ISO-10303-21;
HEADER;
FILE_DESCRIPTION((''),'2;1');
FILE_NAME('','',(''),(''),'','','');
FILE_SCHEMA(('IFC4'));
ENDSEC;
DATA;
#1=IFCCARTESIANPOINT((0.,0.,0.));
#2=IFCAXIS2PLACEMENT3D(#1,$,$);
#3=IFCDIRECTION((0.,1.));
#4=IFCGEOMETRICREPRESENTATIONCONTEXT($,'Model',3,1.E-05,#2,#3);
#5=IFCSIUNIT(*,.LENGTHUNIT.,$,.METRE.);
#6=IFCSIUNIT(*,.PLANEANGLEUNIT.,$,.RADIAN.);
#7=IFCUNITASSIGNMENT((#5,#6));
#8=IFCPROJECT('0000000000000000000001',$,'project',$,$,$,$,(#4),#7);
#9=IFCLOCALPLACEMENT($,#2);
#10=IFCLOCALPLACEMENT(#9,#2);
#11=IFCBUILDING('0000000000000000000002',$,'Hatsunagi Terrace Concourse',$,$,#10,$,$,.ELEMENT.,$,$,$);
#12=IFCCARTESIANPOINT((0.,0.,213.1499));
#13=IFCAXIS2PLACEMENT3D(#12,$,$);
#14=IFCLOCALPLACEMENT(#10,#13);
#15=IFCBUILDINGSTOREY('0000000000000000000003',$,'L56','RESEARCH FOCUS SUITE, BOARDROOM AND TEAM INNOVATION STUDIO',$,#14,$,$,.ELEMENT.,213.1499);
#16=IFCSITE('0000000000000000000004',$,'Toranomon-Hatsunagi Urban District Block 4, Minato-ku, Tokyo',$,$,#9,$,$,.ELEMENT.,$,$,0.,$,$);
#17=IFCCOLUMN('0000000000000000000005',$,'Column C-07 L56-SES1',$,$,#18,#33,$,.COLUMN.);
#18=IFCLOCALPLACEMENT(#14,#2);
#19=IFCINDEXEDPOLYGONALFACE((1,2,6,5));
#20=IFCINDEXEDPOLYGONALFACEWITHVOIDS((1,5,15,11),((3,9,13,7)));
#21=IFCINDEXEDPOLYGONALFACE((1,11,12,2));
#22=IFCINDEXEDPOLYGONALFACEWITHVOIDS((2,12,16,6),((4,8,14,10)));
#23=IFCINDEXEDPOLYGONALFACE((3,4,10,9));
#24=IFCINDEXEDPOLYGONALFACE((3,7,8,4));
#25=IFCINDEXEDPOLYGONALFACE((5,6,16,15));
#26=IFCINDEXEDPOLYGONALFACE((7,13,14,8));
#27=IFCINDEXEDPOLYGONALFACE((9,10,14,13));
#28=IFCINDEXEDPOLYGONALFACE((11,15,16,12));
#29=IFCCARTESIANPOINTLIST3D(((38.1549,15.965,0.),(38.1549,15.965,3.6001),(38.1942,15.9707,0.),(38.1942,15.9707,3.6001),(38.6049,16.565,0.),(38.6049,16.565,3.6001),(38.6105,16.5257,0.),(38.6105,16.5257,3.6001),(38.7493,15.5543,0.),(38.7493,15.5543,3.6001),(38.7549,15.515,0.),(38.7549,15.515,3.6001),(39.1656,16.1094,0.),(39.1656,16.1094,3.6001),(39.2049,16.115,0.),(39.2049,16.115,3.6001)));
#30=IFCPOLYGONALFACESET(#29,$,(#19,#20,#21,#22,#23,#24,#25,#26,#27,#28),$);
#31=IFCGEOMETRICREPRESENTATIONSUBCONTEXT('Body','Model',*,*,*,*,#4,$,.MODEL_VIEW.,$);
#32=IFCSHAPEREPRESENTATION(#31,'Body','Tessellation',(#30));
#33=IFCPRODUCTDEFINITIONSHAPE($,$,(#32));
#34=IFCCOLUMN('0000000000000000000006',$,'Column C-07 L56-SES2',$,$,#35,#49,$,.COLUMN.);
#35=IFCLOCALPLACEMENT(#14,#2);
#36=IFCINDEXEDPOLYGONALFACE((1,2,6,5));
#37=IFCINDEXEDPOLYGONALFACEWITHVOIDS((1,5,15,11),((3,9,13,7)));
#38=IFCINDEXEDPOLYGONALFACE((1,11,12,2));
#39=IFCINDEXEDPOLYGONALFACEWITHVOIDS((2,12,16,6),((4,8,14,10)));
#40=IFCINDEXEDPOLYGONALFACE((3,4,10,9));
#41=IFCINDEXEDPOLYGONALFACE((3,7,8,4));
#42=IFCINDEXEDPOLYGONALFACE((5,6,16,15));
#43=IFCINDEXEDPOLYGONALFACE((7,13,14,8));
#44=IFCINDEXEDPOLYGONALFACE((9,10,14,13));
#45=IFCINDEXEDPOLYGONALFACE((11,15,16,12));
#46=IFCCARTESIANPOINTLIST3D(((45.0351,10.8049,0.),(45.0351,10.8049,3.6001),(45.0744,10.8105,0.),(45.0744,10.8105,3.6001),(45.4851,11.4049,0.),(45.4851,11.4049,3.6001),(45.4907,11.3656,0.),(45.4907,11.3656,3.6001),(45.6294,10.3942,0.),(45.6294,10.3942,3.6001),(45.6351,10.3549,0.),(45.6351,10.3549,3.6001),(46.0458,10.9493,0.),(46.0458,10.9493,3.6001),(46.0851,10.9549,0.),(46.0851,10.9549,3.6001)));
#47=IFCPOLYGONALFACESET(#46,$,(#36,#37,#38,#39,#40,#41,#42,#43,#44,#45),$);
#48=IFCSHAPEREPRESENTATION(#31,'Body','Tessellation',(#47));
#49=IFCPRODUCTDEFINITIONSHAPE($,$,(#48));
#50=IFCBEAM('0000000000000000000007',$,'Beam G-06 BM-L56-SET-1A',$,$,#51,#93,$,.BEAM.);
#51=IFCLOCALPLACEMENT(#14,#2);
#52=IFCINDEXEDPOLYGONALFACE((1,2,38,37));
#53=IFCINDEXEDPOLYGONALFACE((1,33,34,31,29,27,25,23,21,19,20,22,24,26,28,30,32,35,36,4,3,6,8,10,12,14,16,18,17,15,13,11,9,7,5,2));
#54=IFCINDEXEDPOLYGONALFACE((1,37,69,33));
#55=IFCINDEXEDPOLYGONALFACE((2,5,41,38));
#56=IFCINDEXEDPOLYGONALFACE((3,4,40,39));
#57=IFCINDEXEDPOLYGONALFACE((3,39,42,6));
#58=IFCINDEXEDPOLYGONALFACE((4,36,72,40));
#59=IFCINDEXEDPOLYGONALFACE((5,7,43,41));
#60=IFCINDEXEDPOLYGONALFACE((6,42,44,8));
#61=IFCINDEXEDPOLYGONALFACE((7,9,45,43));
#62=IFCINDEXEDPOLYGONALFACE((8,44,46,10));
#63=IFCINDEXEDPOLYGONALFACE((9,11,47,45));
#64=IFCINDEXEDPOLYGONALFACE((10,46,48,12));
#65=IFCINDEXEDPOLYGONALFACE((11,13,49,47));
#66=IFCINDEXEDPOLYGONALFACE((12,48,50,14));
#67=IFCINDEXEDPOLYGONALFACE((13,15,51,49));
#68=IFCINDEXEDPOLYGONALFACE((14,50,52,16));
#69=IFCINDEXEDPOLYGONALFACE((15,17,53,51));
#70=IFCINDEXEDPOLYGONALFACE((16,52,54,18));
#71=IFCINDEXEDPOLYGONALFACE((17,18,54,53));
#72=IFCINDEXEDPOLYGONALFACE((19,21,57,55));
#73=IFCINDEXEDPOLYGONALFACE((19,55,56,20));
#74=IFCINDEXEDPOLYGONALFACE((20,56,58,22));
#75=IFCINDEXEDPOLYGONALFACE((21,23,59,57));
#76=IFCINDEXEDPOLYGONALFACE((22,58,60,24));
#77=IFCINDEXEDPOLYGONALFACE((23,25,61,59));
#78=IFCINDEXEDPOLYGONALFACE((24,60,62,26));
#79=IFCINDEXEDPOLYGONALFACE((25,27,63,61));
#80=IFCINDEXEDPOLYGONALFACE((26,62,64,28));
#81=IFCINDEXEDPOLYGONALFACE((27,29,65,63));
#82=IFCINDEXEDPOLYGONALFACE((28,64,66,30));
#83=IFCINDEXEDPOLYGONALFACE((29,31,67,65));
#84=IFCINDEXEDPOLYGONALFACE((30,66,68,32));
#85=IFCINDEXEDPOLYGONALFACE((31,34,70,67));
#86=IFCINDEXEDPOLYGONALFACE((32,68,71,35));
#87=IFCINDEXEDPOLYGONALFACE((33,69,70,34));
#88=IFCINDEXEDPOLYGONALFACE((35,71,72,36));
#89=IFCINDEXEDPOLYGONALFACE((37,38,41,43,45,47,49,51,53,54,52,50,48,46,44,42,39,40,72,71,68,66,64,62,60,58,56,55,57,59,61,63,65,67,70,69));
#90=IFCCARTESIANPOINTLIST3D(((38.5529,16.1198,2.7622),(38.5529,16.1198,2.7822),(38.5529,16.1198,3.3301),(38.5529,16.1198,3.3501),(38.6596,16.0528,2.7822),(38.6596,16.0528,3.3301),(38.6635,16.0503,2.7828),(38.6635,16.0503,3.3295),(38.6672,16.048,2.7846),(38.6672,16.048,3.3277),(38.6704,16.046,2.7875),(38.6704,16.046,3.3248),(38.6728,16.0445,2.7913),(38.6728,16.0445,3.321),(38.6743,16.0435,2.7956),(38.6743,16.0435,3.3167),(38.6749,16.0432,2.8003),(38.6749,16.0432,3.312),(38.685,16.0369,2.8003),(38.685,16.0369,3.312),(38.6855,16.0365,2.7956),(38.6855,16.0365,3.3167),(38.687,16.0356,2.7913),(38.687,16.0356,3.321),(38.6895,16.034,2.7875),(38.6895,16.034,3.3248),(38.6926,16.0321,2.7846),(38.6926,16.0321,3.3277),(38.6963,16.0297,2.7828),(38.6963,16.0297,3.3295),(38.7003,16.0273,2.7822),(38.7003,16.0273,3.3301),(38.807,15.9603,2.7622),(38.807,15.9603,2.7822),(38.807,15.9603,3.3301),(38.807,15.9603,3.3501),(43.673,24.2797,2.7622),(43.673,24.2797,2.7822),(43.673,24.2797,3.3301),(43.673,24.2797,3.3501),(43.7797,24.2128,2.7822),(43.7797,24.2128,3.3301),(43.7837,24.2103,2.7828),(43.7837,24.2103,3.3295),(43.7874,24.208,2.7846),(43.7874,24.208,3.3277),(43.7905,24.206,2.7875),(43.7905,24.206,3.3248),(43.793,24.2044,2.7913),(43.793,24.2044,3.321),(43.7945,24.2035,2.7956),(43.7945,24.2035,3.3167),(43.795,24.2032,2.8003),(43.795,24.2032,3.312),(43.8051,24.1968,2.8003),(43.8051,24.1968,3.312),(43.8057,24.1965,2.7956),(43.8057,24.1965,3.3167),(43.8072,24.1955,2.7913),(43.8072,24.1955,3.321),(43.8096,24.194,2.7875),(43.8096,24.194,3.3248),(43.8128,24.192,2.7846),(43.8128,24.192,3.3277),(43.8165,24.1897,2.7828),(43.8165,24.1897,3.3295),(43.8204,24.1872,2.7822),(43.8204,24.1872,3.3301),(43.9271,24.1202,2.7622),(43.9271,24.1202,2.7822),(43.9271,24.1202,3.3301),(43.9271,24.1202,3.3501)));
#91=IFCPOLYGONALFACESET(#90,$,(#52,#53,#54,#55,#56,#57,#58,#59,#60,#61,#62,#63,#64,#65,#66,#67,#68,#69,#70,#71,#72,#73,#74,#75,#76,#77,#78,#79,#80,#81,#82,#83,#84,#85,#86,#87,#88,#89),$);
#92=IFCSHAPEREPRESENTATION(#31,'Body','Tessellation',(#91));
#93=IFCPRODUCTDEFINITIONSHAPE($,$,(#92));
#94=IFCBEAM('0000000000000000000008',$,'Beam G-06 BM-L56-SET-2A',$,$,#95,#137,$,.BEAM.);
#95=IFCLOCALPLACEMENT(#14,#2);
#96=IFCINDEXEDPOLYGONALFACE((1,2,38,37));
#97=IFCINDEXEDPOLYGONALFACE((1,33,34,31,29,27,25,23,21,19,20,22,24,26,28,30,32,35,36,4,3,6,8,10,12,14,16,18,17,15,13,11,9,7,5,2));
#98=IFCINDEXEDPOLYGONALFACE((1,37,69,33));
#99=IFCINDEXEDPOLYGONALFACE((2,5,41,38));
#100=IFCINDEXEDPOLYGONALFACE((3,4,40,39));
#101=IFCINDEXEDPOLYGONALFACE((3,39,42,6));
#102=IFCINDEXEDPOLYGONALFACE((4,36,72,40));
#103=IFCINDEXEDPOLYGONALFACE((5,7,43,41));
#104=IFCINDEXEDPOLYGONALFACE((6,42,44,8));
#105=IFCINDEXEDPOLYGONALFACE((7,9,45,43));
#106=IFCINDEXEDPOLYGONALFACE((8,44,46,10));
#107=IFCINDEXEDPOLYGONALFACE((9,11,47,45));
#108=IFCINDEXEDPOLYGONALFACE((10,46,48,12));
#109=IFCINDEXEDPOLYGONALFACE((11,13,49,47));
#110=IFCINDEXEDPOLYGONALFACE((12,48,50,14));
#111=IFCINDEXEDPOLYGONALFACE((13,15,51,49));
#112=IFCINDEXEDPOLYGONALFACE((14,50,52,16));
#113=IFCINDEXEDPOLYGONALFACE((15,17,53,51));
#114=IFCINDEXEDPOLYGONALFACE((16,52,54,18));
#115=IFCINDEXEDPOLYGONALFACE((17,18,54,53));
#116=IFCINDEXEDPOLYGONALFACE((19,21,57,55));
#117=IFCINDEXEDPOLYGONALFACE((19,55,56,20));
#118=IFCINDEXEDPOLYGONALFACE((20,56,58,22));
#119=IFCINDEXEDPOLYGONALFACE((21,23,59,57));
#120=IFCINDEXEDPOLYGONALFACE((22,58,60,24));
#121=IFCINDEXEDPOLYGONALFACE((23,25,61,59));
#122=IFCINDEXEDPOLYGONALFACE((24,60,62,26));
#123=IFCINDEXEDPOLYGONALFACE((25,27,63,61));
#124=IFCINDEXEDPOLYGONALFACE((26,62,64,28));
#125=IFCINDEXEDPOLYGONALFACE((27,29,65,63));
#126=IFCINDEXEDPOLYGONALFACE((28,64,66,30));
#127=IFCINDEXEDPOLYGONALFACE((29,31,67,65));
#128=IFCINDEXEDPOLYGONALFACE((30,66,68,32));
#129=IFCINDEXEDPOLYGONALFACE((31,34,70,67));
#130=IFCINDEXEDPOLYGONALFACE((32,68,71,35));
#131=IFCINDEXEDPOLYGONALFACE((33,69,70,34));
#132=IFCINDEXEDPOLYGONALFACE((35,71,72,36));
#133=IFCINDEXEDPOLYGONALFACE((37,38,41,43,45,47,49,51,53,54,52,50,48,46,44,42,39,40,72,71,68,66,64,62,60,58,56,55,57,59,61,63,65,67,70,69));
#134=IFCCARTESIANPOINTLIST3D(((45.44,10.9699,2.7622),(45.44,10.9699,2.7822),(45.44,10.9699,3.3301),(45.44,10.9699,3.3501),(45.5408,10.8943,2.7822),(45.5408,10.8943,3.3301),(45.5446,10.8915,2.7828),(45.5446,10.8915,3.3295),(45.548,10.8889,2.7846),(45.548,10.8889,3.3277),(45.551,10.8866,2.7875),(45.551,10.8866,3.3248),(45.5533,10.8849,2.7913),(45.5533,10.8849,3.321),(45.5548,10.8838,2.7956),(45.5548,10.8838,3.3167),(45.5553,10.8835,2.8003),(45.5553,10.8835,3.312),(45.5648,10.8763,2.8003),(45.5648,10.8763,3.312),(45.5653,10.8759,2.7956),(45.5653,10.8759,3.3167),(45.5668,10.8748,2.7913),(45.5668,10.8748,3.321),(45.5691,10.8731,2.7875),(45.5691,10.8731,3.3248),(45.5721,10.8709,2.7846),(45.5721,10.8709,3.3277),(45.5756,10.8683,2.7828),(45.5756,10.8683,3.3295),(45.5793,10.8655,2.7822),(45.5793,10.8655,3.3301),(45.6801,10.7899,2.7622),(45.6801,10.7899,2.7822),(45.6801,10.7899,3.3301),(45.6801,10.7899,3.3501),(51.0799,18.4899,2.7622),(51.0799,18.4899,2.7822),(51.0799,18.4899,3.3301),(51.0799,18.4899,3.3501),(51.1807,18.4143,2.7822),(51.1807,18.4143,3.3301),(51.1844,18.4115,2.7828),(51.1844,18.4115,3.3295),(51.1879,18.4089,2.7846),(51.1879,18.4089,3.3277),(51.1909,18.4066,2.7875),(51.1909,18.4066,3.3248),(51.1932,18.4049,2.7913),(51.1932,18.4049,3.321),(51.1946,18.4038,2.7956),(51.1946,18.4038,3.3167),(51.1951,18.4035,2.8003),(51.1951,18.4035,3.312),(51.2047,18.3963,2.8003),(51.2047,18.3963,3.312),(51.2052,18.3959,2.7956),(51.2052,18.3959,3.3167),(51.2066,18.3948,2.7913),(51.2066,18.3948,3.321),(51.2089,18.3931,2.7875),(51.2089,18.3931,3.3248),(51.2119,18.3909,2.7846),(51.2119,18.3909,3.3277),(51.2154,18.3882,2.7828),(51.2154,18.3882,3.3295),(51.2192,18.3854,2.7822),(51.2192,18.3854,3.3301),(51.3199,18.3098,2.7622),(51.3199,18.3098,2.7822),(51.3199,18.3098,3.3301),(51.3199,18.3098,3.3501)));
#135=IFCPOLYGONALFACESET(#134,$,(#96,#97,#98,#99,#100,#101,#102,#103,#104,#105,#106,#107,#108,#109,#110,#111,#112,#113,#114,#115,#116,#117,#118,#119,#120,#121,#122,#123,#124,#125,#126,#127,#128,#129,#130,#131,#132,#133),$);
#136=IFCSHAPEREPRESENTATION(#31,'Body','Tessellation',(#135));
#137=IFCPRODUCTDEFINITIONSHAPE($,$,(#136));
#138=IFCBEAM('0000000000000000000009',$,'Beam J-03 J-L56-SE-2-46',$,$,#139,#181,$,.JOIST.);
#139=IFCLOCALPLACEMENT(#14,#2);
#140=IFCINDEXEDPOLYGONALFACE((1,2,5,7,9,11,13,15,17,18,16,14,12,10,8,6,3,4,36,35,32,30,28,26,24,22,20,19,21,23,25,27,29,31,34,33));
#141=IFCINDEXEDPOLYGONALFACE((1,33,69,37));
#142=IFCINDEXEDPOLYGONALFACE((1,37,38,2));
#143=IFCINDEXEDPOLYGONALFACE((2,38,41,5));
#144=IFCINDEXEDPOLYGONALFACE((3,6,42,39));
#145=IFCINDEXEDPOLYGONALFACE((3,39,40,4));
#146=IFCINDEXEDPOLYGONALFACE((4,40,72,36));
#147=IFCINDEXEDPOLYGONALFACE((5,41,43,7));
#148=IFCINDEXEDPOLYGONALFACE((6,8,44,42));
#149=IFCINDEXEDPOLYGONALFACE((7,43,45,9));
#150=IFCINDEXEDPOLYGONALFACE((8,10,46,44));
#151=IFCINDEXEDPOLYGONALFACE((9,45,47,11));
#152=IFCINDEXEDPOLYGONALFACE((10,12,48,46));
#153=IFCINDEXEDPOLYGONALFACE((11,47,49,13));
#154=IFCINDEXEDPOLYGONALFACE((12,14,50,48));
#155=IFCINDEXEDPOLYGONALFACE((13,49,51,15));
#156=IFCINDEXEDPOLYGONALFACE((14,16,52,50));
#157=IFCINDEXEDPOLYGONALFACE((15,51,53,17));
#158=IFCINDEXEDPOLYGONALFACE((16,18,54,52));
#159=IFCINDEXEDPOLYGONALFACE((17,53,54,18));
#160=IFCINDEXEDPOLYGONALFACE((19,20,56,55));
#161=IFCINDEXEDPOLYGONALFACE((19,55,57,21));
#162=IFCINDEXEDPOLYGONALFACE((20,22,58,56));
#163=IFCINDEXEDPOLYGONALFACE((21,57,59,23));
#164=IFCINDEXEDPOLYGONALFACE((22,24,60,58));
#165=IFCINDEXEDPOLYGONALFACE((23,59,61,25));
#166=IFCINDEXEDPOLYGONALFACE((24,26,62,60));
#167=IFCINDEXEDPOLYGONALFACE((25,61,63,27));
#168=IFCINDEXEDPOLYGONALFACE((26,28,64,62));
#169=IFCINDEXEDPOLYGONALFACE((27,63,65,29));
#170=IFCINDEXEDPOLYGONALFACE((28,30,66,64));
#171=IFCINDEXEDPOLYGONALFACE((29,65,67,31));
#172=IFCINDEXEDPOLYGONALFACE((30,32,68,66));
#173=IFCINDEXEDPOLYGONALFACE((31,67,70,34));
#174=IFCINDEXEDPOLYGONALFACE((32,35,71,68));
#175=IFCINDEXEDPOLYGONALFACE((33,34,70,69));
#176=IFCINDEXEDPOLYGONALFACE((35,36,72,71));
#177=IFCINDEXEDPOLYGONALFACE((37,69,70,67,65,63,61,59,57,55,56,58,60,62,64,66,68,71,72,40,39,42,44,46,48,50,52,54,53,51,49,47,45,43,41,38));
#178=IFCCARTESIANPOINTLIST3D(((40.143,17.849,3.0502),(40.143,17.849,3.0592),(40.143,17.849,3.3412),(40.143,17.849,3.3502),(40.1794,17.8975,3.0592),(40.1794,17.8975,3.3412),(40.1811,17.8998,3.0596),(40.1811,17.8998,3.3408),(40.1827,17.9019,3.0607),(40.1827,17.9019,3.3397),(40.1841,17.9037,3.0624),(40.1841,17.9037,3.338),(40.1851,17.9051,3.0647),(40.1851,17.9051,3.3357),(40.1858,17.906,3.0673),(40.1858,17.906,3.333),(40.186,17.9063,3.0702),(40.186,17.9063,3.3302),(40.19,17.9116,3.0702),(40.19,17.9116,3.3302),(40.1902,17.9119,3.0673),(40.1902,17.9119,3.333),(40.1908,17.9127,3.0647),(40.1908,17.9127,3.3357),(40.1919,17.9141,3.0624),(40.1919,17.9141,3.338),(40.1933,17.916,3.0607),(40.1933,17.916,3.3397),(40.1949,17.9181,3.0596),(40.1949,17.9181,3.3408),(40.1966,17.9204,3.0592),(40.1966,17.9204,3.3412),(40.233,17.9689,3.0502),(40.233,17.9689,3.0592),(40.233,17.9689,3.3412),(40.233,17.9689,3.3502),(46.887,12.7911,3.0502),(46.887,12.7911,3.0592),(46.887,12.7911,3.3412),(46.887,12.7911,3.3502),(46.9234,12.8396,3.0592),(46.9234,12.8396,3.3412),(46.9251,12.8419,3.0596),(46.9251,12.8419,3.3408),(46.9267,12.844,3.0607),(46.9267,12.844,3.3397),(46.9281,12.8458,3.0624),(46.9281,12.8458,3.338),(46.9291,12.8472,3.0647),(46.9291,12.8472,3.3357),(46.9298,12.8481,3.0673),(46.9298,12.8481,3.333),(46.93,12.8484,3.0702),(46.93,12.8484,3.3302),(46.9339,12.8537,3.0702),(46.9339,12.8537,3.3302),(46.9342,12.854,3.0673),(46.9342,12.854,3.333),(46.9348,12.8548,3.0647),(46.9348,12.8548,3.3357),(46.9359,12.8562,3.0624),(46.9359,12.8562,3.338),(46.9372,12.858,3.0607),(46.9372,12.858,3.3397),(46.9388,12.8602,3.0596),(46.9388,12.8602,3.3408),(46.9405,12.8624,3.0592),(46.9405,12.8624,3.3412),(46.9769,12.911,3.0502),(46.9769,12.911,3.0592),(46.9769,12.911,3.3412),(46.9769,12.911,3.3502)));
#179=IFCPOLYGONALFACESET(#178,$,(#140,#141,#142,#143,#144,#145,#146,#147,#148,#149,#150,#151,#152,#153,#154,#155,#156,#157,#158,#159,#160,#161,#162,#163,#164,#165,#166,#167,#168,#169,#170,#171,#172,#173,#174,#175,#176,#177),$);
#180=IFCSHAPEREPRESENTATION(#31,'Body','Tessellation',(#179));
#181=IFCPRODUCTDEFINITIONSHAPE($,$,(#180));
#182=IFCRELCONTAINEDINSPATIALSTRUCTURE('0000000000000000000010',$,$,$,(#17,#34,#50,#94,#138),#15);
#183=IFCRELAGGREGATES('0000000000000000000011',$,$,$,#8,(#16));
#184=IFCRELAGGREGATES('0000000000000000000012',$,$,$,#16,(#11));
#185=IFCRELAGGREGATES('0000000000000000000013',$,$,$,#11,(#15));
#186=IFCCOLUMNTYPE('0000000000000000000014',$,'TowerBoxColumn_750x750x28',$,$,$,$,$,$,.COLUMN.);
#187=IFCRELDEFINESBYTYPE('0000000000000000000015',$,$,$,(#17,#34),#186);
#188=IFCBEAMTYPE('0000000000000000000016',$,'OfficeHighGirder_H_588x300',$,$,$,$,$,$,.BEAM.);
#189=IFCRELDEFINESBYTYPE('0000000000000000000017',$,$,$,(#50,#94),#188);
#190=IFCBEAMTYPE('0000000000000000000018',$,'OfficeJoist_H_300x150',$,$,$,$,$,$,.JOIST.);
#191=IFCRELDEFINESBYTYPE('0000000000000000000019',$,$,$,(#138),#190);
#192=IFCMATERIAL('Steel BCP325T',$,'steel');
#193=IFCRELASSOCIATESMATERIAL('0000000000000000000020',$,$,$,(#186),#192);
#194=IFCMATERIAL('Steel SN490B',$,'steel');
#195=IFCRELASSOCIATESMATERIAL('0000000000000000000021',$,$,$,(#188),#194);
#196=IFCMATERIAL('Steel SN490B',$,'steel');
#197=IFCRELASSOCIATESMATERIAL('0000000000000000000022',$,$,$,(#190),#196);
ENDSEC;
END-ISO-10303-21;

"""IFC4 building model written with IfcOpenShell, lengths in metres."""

from ifc_helpers import new_model, si_unit, direction, frame, origin, origin_2d, place, context, subcontext, project, spatial, hollow_rectangle, i_section, extrude, material, material_profile, profile_set, type_object, element, save


model = new_model("IFC4")

# Units and contexts
model_context = context("Model", 3, precision=1e-05, world=origin(), true_north=direction((0.0, 1.0)))
body_context = subcontext(model_context, "Body", "Model", "MODEL_VIEW")
ifc_project = project(units=[si_unit("LENGTHUNIT", "METRE"), si_unit("PLANEANGLEUNIT", "RADIAN")], contexts=[model_context])

# Site, building, storey
site_placement = place(None, origin())
site = spatial("IfcSite", under=ifc_project, at=site_placement, Name="Toranomon-Hatsunagi Urban District Block 4, Minato-ku, Tokyo", CompositionType="ELEMENT", RefElevation=0.0)
building_placement = place(site_placement, origin())
building = spatial("IfcBuilding", under=site, at=building_placement, Name="Hatsunagi Terrace Concourse", CompositionType="ELEMENT")
storey_placement = place(building_placement, frame((0.0, 0.0, 213.1499)))
storey = spatial("IfcBuildingStorey", under=building, at=storey_placement, Name="L56", Description="RESEARCH FOCUS SUITE, BOARDROOM AND TEAM INNOVATION STUDIO", CompositionType="ELEMENT", Elevation=213.1499)

# Columns
ifc_material_1 = material(Name="Steel BCP325T", Category="steel")
ifc_material_profile_1 = material_profile(ifc_material_1, hollow_rectangle(XDim=0.75, YDim=0.75, WallThickness=0.0281, at=origin_2d()), Name="BCP-750x750x28")
ifc_profile_set_1 = profile_set([ifc_material_profile_1], Name="Steel BCP325T")
column_type = type_object("IfcColumnType", Name="TowerBoxColumn_750x750x28", PredefinedType="COLUMN", material=ifc_profile_set_1)
for number, where, z_axis, x_axis, name in (
    (1, (38.6799, 16.04, 0.0), (0.0, 0.0, 1.0), (0.8, -0.6, 0.0), "Column C-07 L56-SES1"),
    (2, (45.5601, 10.8799, 0.0), (0.0, 0.0, 1.0), (0.8, -0.6, 0.0), "Column C-07 L56-SES2"),
):
    element("IfcColumn", number, at=place(storey_placement, frame(where, z_axis=z_axis, x_axis=x_axis)), inside=storey, type_object=column_type, Name=name, PredefinedType="COLUMN", context=body_context, shape_type="SweptSolid", body=[
        extrude(hollow_rectangle(XDim=0.75, YDim=0.75, WallThickness=0.0281, at=origin_2d()), origin(), (0.0, 0.0, 1.0), 3.6001),
    ])

# Beams
ifc_material_2 = material(Name="Steel SN490B", Category="steel")
ifc_material_profile_2 = material_profile(ifc_material_2, i_section(OverallWidth=0.3, OverallDepth=0.5879, WebThickness=0.012, FlangeThickness=0.02, FilletRadius=0.0181, at=origin_2d()), Name="H-588x300x12x20")
ifc_profile_set_2 = profile_set([ifc_material_profile_2], Name="Steel SN490B")
beam_type_1 = type_object("IfcBeamType", Name="OfficeHighGirder_H_588x300", PredefinedType="BEAM", material=ifc_profile_set_2)
beam_1_placement = place(storey_placement, frame((38.6799, 16.04, 3.0562), z_axis=(0.531504, 0.847056, 0.0), x_axis=(-0.847056, 0.531504, 0.0)))
element("IfcBeam", 3, at=beam_1_placement, inside=storey, type_object=beam_type_1, Name="Beam G-06 BM-L56-SET-1A", PredefinedType="BEAM", context=body_context, shape_type="SweptSolid", body=[
    extrude(i_section(OverallWidth=0.3, OverallDepth=0.5879, WebThickness=0.012, FlangeThickness=0.02, FilletRadius=0.0181, at=origin_2d()), origin(), (0.0, 0.0, 1.0), 9.6333),
])
beam_2_placement = place(storey_placement, frame((45.5601, 10.8799, 3.0562), z_axis=(0.599992, 0.800006, 0.0), x_axis=(-0.800006, 0.599992, 0.0)))
element("IfcBeam", 4, at=beam_2_placement, inside=storey, type_object=beam_type_1, Name="Beam G-06 BM-L56-SET-2A", PredefinedType="BEAM", context=body_context, shape_type="SweptSolid", body=[
    extrude(i_section(OverallWidth=0.3, OverallDepth=0.5879, WebThickness=0.012, FlangeThickness=0.02, FilletRadius=0.0181, at=origin_2d()), origin(), (0.0, 0.0, 1.0), 9.3999),
])
ifc_material_3 = material(Name="Steel SN490B", Category="steel")
ifc_material_profile_3 = material_profile(ifc_material_3, i_section(OverallWidth=0.1499, OverallDepth=0.3, WebThickness=0.0066, FlangeThickness=0.009, FilletRadius=0.011, at=origin_2d()), Name="H-300x150x6.5x9")
ifc_profile_set_3 = profile_set([ifc_material_profile_3], Name="Steel SN490B")
beam_type_2 = type_object("IfcBeamType", Name="OfficeJoist_H_300x150", PredefinedType="JOIST", material=ifc_profile_set_3)
for number, where, z_axis, x_axis, name in (
    (5, (40.188, 17.9089, 3.2002), (0.800003, -0.599995, 0.0), (0.599995, 0.800003, 0.0), "Beam J-03 J-L56-SE-2-46"),
):
    element("IfcBeam", number, at=place(storey_placement, frame(where, z_axis=z_axis, x_axis=x_axis)), inside=storey, type_object=beam_type_2, Name=name, PredefinedType="JOIST", context=body_context, shape_type="SweptSolid", body=[
        extrude(i_section(OverallWidth=0.1499, OverallDepth=0.3, WebThickness=0.0066, FlangeThickness=0.009, FilletRadius=0.011, at=origin_2d()), origin(), (0.0, 0.0, 1.0), 8.4299),
    ])

save(model, "model.ifc")
